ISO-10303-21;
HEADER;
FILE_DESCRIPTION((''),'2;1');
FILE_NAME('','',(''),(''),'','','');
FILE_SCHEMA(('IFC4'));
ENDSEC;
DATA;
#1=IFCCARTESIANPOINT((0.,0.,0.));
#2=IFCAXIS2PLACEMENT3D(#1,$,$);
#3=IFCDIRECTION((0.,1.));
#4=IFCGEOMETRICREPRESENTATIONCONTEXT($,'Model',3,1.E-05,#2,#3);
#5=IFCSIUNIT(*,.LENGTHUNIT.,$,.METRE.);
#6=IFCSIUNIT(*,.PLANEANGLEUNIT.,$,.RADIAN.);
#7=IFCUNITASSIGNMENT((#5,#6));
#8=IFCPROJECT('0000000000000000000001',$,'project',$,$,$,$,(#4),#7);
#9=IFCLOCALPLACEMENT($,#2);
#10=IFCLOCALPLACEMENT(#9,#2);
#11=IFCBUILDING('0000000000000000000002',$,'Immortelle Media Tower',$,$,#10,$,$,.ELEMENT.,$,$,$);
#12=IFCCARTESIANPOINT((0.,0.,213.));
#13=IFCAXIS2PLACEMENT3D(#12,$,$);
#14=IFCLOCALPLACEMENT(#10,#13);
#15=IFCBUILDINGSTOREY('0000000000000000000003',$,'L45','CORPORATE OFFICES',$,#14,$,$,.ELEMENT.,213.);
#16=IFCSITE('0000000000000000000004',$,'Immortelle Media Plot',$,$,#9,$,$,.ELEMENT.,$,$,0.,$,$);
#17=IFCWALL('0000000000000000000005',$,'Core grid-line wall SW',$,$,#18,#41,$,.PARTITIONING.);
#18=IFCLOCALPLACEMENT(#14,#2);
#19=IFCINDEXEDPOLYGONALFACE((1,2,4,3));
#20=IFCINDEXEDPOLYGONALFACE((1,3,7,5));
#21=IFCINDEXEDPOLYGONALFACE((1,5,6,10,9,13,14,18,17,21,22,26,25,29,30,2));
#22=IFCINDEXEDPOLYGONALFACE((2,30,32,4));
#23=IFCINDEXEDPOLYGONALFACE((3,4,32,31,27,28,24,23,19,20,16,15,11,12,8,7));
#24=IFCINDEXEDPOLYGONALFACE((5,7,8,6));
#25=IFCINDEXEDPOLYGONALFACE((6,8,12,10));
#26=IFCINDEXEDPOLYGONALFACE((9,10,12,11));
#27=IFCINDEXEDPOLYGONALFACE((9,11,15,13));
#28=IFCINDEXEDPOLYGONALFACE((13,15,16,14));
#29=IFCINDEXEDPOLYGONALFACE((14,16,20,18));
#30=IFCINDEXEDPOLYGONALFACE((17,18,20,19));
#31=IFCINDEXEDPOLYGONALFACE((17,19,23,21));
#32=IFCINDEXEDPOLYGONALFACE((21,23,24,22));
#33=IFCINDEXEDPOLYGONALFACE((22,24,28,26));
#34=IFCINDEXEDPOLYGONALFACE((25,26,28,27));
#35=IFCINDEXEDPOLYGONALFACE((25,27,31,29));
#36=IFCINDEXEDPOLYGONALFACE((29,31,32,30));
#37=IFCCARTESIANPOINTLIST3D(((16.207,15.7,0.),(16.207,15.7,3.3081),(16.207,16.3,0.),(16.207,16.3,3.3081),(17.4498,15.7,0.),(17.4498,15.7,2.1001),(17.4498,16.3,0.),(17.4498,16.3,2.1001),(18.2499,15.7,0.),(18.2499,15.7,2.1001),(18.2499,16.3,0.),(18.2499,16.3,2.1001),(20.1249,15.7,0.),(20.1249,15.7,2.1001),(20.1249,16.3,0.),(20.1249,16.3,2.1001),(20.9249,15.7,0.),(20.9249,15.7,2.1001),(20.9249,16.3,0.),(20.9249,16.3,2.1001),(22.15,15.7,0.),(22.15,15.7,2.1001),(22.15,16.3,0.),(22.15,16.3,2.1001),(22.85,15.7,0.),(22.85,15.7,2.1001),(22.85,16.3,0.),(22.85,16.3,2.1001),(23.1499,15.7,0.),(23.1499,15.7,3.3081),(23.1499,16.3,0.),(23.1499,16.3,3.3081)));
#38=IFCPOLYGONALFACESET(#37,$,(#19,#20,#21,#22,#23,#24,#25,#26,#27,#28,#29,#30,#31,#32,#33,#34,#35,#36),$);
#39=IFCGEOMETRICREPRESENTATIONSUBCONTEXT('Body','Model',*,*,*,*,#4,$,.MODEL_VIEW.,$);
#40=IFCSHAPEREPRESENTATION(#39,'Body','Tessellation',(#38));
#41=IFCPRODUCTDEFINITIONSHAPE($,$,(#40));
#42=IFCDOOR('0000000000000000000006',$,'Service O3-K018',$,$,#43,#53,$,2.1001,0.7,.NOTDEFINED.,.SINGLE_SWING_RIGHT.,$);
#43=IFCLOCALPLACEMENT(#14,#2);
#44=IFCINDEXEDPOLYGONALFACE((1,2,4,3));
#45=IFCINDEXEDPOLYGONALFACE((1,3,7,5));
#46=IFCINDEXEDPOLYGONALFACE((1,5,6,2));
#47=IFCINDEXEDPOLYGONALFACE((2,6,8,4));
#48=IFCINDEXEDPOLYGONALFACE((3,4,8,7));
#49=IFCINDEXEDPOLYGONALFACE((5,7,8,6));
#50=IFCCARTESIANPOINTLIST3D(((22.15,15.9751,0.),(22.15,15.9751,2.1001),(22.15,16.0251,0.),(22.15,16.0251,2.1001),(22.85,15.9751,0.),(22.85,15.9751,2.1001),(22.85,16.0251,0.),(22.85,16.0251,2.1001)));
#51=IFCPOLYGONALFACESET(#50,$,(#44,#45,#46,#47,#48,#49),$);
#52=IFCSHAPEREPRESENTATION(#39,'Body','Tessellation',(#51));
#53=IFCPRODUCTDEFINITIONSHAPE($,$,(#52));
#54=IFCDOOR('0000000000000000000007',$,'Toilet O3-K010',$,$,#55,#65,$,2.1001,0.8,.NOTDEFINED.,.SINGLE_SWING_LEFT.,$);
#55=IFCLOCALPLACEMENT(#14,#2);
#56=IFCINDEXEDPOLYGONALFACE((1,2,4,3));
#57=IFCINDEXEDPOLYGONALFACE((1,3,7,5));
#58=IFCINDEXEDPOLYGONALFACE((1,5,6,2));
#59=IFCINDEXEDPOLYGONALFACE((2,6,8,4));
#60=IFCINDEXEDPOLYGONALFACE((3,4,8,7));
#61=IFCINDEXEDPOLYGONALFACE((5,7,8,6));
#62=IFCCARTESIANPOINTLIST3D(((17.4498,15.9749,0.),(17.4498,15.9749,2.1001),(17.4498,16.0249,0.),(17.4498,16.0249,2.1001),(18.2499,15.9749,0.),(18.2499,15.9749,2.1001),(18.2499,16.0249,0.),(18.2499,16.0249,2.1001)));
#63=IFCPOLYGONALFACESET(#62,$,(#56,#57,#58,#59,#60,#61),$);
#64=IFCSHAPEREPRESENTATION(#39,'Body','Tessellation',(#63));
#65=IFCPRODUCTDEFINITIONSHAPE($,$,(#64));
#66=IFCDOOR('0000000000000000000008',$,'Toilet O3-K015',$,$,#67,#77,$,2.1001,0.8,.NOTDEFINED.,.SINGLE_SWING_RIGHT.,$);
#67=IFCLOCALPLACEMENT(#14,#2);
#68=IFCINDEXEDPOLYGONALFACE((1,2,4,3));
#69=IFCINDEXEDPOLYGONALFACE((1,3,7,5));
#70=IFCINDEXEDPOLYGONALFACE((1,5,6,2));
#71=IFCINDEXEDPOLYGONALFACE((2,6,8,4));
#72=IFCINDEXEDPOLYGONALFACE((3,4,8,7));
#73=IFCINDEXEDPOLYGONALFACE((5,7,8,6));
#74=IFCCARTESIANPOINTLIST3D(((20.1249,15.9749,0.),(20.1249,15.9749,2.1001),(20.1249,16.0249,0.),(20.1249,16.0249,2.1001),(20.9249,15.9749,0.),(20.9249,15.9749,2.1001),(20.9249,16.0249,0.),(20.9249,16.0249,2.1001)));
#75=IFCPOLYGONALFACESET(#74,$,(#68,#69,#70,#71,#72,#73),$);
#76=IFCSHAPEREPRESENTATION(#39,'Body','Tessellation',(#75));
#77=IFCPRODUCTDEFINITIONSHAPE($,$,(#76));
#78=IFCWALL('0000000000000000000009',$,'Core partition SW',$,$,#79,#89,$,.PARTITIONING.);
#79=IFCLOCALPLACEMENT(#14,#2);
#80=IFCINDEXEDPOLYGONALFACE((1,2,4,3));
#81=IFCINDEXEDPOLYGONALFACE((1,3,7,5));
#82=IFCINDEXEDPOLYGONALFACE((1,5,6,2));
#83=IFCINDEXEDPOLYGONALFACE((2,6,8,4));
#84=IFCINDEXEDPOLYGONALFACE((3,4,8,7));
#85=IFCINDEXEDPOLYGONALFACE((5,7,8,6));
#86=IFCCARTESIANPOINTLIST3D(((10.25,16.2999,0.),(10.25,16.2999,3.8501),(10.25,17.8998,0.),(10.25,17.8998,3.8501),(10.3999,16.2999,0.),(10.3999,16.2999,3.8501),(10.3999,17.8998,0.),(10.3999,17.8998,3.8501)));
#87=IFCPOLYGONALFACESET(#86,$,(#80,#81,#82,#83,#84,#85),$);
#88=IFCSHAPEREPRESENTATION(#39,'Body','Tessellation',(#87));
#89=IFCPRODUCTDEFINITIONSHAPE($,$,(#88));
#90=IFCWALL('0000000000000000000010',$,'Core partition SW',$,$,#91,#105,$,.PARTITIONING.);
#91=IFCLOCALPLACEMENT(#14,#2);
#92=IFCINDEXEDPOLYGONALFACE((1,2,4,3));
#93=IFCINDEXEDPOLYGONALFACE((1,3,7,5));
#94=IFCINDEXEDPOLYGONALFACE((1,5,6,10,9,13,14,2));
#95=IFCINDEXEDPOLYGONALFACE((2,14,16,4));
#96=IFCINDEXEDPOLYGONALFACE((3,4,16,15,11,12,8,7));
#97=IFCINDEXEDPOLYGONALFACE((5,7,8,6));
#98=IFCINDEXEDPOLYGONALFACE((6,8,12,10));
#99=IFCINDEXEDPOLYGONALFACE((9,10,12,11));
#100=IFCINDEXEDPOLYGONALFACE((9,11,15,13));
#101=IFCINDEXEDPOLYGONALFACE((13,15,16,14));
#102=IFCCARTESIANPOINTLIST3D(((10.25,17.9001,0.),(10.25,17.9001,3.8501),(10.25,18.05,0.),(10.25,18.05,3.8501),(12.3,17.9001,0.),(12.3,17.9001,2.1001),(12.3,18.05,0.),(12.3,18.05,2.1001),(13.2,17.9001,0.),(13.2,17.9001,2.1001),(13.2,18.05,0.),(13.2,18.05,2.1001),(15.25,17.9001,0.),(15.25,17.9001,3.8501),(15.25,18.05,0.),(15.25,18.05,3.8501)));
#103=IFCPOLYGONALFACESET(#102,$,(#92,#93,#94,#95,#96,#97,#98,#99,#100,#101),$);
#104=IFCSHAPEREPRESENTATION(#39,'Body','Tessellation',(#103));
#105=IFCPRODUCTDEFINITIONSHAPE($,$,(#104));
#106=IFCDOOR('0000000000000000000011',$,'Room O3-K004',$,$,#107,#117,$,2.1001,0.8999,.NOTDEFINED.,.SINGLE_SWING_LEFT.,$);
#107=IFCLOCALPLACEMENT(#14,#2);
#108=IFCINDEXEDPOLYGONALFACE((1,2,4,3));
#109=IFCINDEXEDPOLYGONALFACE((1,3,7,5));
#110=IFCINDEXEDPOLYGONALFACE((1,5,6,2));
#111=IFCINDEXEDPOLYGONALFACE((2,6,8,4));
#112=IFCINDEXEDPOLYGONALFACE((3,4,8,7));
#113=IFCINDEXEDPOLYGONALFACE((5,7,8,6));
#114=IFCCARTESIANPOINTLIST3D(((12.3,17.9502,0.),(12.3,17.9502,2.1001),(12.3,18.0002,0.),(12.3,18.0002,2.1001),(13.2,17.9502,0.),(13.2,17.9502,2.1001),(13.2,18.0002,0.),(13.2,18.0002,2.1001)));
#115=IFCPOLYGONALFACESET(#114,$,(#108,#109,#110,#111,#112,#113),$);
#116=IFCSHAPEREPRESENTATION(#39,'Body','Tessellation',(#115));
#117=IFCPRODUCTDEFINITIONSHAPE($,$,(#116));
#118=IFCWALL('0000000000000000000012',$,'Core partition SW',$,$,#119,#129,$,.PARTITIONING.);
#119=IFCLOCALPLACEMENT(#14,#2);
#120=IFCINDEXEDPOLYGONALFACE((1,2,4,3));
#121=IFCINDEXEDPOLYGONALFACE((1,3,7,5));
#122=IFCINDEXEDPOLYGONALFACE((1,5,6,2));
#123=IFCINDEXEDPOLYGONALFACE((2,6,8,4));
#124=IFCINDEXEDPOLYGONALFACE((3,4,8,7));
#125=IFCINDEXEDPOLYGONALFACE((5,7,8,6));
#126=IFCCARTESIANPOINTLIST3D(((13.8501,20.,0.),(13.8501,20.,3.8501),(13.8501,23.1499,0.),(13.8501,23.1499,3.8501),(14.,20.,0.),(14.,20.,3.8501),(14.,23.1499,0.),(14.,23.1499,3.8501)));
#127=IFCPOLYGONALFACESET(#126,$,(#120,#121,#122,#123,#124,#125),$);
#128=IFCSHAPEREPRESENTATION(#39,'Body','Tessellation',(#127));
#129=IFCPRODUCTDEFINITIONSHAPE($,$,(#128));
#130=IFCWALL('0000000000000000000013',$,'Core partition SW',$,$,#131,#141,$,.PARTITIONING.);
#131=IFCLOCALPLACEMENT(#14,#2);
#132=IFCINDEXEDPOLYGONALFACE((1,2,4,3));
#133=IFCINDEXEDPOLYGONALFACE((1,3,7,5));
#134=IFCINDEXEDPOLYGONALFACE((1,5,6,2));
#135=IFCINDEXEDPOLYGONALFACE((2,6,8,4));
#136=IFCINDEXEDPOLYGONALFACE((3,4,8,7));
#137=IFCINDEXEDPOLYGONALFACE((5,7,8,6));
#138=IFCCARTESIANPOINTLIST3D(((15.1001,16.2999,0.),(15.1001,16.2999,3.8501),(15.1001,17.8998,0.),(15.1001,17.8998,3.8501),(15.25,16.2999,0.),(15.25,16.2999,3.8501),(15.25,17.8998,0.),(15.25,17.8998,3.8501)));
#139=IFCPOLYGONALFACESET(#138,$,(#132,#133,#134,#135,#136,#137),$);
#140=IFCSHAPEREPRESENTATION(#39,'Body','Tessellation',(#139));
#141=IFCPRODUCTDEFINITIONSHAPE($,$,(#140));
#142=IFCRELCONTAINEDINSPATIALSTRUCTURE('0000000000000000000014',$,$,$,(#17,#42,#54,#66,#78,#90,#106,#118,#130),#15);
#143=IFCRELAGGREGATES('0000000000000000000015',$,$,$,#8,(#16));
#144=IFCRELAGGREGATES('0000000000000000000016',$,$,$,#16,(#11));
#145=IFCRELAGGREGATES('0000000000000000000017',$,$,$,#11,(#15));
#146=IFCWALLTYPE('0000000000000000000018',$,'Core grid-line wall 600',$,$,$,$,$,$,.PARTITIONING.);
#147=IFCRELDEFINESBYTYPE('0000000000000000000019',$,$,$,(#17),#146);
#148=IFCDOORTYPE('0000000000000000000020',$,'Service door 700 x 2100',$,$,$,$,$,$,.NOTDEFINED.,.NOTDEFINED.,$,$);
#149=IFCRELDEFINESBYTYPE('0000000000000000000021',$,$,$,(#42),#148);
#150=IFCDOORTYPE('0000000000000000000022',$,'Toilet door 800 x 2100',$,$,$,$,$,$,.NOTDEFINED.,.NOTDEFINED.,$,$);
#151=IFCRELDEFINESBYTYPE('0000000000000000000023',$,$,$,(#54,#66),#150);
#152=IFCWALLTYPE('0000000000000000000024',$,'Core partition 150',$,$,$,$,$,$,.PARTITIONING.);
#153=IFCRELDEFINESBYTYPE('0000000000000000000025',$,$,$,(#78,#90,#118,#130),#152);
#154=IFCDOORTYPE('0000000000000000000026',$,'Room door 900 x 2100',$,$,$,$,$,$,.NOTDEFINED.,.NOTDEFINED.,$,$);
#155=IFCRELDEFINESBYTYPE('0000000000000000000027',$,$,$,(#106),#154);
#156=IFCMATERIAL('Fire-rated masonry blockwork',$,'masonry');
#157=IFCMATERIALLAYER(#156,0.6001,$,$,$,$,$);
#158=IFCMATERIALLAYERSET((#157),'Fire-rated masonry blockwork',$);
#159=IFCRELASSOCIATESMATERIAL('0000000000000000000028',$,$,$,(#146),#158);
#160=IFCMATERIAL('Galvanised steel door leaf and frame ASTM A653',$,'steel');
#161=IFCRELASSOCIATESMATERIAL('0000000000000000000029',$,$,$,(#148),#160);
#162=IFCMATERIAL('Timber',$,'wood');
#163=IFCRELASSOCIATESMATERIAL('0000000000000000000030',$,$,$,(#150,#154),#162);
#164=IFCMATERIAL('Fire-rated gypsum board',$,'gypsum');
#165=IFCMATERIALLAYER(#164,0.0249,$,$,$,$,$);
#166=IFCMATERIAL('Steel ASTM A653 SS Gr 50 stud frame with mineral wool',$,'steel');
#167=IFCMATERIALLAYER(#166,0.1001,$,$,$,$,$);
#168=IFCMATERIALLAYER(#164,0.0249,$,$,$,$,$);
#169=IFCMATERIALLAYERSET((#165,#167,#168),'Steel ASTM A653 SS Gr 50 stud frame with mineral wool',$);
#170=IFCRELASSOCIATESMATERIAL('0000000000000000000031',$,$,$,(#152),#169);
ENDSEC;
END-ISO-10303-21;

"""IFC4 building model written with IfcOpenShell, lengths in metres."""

from ifc_helpers import new_model, si_unit, direction, frame, frame_2d, origin, place, context, subcontext, project, spatial, rectangle, extrude, material, layer, layer_set, type_object, element, fill, save


model = new_model("IFC4")

# Units and contexts
model_context = context("Model", 3, precision=1e-05, world=origin(), true_north=direction((0.0, 1.0)))
body_context = subcontext(model_context, "Body", "Model", "MODEL_VIEW")
ifc_project = project(units=[si_unit("LENGTHUNIT", "METRE"), si_unit("PLANEANGLEUNIT", "RADIAN")], contexts=[model_context])

# Site, building, storey
site_placement = place(None, origin())
site = spatial("IfcSite", under=ifc_project, at=site_placement, Name="Immortelle Media Plot", CompositionType="ELEMENT", RefElevation=0.0)
building_placement = place(site_placement, origin())
building = spatial("IfcBuilding", under=site, at=building_placement, Name="Immortelle Media Tower", CompositionType="ELEMENT")
storey_placement = place(building_placement, frame((0.0, 0.0, 213.0)))
storey = spatial("IfcBuildingStorey", under=building, at=storey_placement, Name="L45", Description="CORPORATE OFFICES", CompositionType="ELEMENT", Elevation=213.0)

# Wall, openings, doors
ifc_material_1 = material(Name="Fire-rated masonry blockwork", Category="masonry")
ifc_layer_1 = layer(ifc_material_1, 0.6001)
ifc_layer_set_1 = layer_set([ifc_layer_1], Name="Fire-rated masonry blockwork")
wall_type_1 = type_object("IfcWallType", Name="Core grid-line wall 600", PredefinedType="PARTITIONING", material=ifc_layer_set_1)
wall_1_placement = place(storey_placement, frame((16.207, 16.0, 0.0), z_axis=(0.0, 0.0, 1.0), x_axis=(1.0, 0.0, 0.0)))
wall_1 = element("IfcWall", 1, at=wall_1_placement, inside=storey, type_object=wall_type_1, Name="Core grid-line wall SW", PredefinedType="PARTITIONING", context=body_context, shape_type="SweptSolid", body=[
    extrude(rectangle(XDim=6.9429, YDim=0.6001, at=frame_2d((3.4714, 0.0))), origin(), (0.0, 0.0, 1.0), 3.3081),
])
opening_1_placement = place(wall_1_placement, frame((1.2429, 0.0, 0.0)))
opening_1 = element("IfcOpeningElement", 2, at=opening_1_placement, cuts=wall_1, PredefinedType="OPENING", context=body_context, shape_type="SweptSolid", body=[
    extrude(rectangle(XDim=0.8, YDim=2.1001, at=frame_2d((0.3999, 1.05))), frame((0.0, 0.3101, 0.0), z_axis=(0.0, -1.0, 0.0), x_axis=(1.0, 0.0, 0.0)), (0.0, 0.0, 1.0), 0.6201),
])
opening_2_placement = place(wall_1_placement, frame((3.918, 0.0, 0.0)))
opening_2 = element("IfcOpeningElement", 3, at=opening_2_placement, cuts=wall_1, PredefinedType="OPENING", context=body_context, shape_type="SweptSolid", body=[
    extrude(rectangle(XDim=0.8, YDim=2.1001, at=frame_2d((0.3999, 1.05))), frame((0.0, 0.3101, 0.0), z_axis=(0.0, -1.0, 0.0), x_axis=(1.0, 0.0, 0.0)), (0.0, 0.0, 1.0), 0.6201),
])
opening_3_placement = place(wall_1_placement, frame((6.6431, 0.0, 0.0), z_axis=(0.0, 0.0, 1.0), x_axis=(-1.0, 0.0, 0.0)))
opening_3 = element("IfcOpeningElement", 4, at=opening_3_placement, cuts=wall_1, PredefinedType="OPENING", context=body_context, shape_type="SweptSolid", body=[
    extrude(rectangle(XDim=0.7, YDim=2.1001, at=frame_2d((0.3501, 1.05))), frame((0.0, 0.3101, 0.0), z_axis=(0.0, -1.0, 0.0), x_axis=(1.0, 0.0, 0.0)), (0.0, 0.0, 1.0), 0.6201),
])
ifc_material_2 = material(Name="Galvanised steel door leaf and frame ASTM A653", Category="steel")
door_type_1 = type_object("IfcDoorType", Name="Service door 700 x 2100", OperationType="NOTDEFINED", PredefinedType="NOTDEFINED", material=ifc_material_2)
door_1_placement = place(opening_3_placement, origin())
door_1 = element("IfcDoor", 5, at=door_1_placement, inside=storey, type_object=door_type_1, Name="Service O3-K018", OperationType="SINGLE_SWING_RIGHT", OverallHeight=2.1001, OverallWidth=0.7, PredefinedType="NOTDEFINED", context=body_context, shape_type="SweptSolid", body=[
    extrude(rectangle(XDim=0.7, YDim=2.1001, at=frame_2d((0.3501, 1.05))), frame((0.0, 0.0249, 0.0), z_axis=(0.0, -1.0, 0.0), x_axis=(1.0, 0.0, 0.0)), (0.0, 0.0, 1.0), 0.05),
])
fill(opening_3, door_1)
ifc_material_3 = material(Name="Timber", Category="wood")
door_type_2 = type_object("IfcDoorType", Name="Toilet door 800 x 2100", OperationType="NOTDEFINED", PredefinedType="NOTDEFINED", material=ifc_material_3)
door_2_placement = place(opening_1_placement, origin())
door_2 = element("IfcDoor", 6, at=door_2_placement, inside=storey, type_object=door_type_2, Name="Toilet O3-K010", OperationType="SINGLE_SWING_LEFT", OverallHeight=2.1001, OverallWidth=0.8, PredefinedType="NOTDEFINED", context=body_context, shape_type="SweptSolid", body=[
    extrude(rectangle(XDim=0.8, YDim=2.1001, at=frame_2d((0.3999, 1.05))), frame((0.0, 0.0249, 0.0), z_axis=(0.0, -1.0, 0.0), x_axis=(1.0, 0.0, 0.0)), (0.0, 0.0, 1.0), 0.05),
])
fill(opening_1, door_2)
door_3_placement = place(opening_2_placement, origin())
door_3 = element("IfcDoor", 7, at=door_3_placement, inside=storey, type_object=door_type_2, Name="Toilet O3-K015", OperationType="SINGLE_SWING_RIGHT", OverallHeight=2.1001, OverallWidth=0.8, PredefinedType="NOTDEFINED", context=body_context, shape_type="SweptSolid", body=[
    extrude(rectangle(XDim=0.8, YDim=2.1001, at=frame_2d((0.3999, 1.05))), frame((0.0, 0.0249, 0.0), z_axis=(0.0, -1.0, 0.0), x_axis=(1.0, 0.0, 0.0)), (0.0, 0.0, 1.0), 0.05),
])
fill(opening_2, door_3)

# Wall
ifc_material_4 = material(Name="Fire-rated gypsum board", Category="gypsum")
ifc_layer_2 = layer(ifc_material_4, 0.0249)
ifc_material_5 = material(Name="Steel ASTM A653 SS Gr 50 stud frame with mineral wool", Category="steel")
ifc_layer_3 = layer(ifc_material_5, 0.1001)
ifc_layer_4 = layer(ifc_material_4, 0.0249)
ifc_layer_set_2 = layer_set([ifc_layer_2, ifc_layer_3, ifc_layer_4], Name="Steel ASTM A653 SS Gr 50 stud frame with mineral wool")
wall_type_2 = type_object("IfcWallType", Name="Core partition 150", PredefinedType="PARTITIONING", material=ifc_layer_set_2)
wall_2_placement = place(storey_placement, frame((10.325, 16.3, 0.0), z_axis=(0.0, 0.0, 1.0), x_axis=(0.0, 1.0, 0.0)))
element("IfcWall", 8, at=wall_2_placement, inside=storey, type_object=wall_type_2, Name="Core partition SW", PredefinedType="PARTITIONING", context=body_context, shape_type="SweptSolid", body=[
    extrude(rectangle(XDim=1.5999, YDim=0.1499, at=frame_2d((0.7998, 0.0))), origin(), (0.0, 0.0, 1.0), 3.8501),
])

# Wall, opening, door
wall_3_placement = place(storey_placement, frame((10.25, 17.9751, 0.0), z_axis=(0.0, 0.0, 1.0), x_axis=(1.0, 0.0, 0.0)))
wall_3 = element("IfcWall", 9, at=wall_3_placement, inside=storey, type_object=wall_type_2, Name="Core partition SW", PredefinedType="PARTITIONING", context=body_context, shape_type="SweptSolid", body=[
    extrude(rectangle(XDim=5.0, YDim=0.1499, at=frame_2d((2.5, 0.0))), origin(), (0.0, 0.0, 1.0), 3.8501),
])
opening_4_placement = place(wall_3_placement, frame((2.95, 0.0, 0.0), z_axis=(0.0, 0.0, 1.0), x_axis=(-1.0, 0.0, 0.0)))
opening_4 = element("IfcOpeningElement", 10, at=opening_4_placement, cuts=wall_3, PredefinedType="OPENING", context=body_context, shape_type="SweptSolid", body=[
    extrude(rectangle(XDim=0.8999, YDim=2.1001, at=frame_2d((0.45, 1.05))), frame((0.0, 0.085, 0.0), z_axis=(0.0, -1.0, 0.0), x_axis=(1.0, 0.0, 0.0)), (0.0, 0.0, 1.0), 0.1699),
])
door_type_3 = type_object("IfcDoorType", Name="Room door 900 x 2100", OperationType="NOTDEFINED", PredefinedType="NOTDEFINED", material=ifc_material_3)
door_4_placement = place(opening_4_placement, origin())
door_4 = element("IfcDoor", 11, at=door_4_placement, inside=storey, type_object=door_type_3, Name="Room O3-K004", OperationType="SINGLE_SWING_LEFT", OverallHeight=2.1001, OverallWidth=0.8999, PredefinedType="NOTDEFINED", context=body_context, shape_type="SweptSolid", body=[
    extrude(rectangle(XDim=0.8999, YDim=2.1001, at=frame_2d((0.45, 1.05))), frame((0.0, 0.0249, 0.0), z_axis=(0.0, -1.0, 0.0), x_axis=(1.0, 0.0, 0.0)), (0.0, 0.0, 1.0), 0.05),
])
fill(opening_4, door_4)

# Walls
wall_4_placement = place(storey_placement, frame((13.925, 20.0, 0.0), z_axis=(0.0, 0.0, 1.0), x_axis=(0.0, 1.0, 0.0)))
element("IfcWall", 12, at=wall_4_placement, inside=storey, type_object=wall_type_2, Name="Core partition SW", PredefinedType="PARTITIONING", context=body_context, shape_type="SweptSolid", body=[
    extrude(rectangle(XDim=3.1499, YDim=0.1499, at=frame_2d((1.575, 0.0))), origin(), (0.0, 0.0, 1.0), 3.8501),
])
wall_5_placement = place(storey_placement, frame((15.175, 16.3, 0.0), z_axis=(0.0, 0.0, 1.0), x_axis=(0.0, 1.0, 0.0)))
element("IfcWall", 13, at=wall_5_placement, inside=storey, type_object=wall_type_2, Name="Core partition SW", PredefinedType="PARTITIONING", context=body_context, shape_type="SweptSolid", body=[
    extrude(rectangle(XDim=1.5999, YDim=0.1499, at=frame_2d((0.7998, 0.0))), origin(), (0.0, 0.0, 1.0), 3.8501),
])

save(model, "model.ifc")
